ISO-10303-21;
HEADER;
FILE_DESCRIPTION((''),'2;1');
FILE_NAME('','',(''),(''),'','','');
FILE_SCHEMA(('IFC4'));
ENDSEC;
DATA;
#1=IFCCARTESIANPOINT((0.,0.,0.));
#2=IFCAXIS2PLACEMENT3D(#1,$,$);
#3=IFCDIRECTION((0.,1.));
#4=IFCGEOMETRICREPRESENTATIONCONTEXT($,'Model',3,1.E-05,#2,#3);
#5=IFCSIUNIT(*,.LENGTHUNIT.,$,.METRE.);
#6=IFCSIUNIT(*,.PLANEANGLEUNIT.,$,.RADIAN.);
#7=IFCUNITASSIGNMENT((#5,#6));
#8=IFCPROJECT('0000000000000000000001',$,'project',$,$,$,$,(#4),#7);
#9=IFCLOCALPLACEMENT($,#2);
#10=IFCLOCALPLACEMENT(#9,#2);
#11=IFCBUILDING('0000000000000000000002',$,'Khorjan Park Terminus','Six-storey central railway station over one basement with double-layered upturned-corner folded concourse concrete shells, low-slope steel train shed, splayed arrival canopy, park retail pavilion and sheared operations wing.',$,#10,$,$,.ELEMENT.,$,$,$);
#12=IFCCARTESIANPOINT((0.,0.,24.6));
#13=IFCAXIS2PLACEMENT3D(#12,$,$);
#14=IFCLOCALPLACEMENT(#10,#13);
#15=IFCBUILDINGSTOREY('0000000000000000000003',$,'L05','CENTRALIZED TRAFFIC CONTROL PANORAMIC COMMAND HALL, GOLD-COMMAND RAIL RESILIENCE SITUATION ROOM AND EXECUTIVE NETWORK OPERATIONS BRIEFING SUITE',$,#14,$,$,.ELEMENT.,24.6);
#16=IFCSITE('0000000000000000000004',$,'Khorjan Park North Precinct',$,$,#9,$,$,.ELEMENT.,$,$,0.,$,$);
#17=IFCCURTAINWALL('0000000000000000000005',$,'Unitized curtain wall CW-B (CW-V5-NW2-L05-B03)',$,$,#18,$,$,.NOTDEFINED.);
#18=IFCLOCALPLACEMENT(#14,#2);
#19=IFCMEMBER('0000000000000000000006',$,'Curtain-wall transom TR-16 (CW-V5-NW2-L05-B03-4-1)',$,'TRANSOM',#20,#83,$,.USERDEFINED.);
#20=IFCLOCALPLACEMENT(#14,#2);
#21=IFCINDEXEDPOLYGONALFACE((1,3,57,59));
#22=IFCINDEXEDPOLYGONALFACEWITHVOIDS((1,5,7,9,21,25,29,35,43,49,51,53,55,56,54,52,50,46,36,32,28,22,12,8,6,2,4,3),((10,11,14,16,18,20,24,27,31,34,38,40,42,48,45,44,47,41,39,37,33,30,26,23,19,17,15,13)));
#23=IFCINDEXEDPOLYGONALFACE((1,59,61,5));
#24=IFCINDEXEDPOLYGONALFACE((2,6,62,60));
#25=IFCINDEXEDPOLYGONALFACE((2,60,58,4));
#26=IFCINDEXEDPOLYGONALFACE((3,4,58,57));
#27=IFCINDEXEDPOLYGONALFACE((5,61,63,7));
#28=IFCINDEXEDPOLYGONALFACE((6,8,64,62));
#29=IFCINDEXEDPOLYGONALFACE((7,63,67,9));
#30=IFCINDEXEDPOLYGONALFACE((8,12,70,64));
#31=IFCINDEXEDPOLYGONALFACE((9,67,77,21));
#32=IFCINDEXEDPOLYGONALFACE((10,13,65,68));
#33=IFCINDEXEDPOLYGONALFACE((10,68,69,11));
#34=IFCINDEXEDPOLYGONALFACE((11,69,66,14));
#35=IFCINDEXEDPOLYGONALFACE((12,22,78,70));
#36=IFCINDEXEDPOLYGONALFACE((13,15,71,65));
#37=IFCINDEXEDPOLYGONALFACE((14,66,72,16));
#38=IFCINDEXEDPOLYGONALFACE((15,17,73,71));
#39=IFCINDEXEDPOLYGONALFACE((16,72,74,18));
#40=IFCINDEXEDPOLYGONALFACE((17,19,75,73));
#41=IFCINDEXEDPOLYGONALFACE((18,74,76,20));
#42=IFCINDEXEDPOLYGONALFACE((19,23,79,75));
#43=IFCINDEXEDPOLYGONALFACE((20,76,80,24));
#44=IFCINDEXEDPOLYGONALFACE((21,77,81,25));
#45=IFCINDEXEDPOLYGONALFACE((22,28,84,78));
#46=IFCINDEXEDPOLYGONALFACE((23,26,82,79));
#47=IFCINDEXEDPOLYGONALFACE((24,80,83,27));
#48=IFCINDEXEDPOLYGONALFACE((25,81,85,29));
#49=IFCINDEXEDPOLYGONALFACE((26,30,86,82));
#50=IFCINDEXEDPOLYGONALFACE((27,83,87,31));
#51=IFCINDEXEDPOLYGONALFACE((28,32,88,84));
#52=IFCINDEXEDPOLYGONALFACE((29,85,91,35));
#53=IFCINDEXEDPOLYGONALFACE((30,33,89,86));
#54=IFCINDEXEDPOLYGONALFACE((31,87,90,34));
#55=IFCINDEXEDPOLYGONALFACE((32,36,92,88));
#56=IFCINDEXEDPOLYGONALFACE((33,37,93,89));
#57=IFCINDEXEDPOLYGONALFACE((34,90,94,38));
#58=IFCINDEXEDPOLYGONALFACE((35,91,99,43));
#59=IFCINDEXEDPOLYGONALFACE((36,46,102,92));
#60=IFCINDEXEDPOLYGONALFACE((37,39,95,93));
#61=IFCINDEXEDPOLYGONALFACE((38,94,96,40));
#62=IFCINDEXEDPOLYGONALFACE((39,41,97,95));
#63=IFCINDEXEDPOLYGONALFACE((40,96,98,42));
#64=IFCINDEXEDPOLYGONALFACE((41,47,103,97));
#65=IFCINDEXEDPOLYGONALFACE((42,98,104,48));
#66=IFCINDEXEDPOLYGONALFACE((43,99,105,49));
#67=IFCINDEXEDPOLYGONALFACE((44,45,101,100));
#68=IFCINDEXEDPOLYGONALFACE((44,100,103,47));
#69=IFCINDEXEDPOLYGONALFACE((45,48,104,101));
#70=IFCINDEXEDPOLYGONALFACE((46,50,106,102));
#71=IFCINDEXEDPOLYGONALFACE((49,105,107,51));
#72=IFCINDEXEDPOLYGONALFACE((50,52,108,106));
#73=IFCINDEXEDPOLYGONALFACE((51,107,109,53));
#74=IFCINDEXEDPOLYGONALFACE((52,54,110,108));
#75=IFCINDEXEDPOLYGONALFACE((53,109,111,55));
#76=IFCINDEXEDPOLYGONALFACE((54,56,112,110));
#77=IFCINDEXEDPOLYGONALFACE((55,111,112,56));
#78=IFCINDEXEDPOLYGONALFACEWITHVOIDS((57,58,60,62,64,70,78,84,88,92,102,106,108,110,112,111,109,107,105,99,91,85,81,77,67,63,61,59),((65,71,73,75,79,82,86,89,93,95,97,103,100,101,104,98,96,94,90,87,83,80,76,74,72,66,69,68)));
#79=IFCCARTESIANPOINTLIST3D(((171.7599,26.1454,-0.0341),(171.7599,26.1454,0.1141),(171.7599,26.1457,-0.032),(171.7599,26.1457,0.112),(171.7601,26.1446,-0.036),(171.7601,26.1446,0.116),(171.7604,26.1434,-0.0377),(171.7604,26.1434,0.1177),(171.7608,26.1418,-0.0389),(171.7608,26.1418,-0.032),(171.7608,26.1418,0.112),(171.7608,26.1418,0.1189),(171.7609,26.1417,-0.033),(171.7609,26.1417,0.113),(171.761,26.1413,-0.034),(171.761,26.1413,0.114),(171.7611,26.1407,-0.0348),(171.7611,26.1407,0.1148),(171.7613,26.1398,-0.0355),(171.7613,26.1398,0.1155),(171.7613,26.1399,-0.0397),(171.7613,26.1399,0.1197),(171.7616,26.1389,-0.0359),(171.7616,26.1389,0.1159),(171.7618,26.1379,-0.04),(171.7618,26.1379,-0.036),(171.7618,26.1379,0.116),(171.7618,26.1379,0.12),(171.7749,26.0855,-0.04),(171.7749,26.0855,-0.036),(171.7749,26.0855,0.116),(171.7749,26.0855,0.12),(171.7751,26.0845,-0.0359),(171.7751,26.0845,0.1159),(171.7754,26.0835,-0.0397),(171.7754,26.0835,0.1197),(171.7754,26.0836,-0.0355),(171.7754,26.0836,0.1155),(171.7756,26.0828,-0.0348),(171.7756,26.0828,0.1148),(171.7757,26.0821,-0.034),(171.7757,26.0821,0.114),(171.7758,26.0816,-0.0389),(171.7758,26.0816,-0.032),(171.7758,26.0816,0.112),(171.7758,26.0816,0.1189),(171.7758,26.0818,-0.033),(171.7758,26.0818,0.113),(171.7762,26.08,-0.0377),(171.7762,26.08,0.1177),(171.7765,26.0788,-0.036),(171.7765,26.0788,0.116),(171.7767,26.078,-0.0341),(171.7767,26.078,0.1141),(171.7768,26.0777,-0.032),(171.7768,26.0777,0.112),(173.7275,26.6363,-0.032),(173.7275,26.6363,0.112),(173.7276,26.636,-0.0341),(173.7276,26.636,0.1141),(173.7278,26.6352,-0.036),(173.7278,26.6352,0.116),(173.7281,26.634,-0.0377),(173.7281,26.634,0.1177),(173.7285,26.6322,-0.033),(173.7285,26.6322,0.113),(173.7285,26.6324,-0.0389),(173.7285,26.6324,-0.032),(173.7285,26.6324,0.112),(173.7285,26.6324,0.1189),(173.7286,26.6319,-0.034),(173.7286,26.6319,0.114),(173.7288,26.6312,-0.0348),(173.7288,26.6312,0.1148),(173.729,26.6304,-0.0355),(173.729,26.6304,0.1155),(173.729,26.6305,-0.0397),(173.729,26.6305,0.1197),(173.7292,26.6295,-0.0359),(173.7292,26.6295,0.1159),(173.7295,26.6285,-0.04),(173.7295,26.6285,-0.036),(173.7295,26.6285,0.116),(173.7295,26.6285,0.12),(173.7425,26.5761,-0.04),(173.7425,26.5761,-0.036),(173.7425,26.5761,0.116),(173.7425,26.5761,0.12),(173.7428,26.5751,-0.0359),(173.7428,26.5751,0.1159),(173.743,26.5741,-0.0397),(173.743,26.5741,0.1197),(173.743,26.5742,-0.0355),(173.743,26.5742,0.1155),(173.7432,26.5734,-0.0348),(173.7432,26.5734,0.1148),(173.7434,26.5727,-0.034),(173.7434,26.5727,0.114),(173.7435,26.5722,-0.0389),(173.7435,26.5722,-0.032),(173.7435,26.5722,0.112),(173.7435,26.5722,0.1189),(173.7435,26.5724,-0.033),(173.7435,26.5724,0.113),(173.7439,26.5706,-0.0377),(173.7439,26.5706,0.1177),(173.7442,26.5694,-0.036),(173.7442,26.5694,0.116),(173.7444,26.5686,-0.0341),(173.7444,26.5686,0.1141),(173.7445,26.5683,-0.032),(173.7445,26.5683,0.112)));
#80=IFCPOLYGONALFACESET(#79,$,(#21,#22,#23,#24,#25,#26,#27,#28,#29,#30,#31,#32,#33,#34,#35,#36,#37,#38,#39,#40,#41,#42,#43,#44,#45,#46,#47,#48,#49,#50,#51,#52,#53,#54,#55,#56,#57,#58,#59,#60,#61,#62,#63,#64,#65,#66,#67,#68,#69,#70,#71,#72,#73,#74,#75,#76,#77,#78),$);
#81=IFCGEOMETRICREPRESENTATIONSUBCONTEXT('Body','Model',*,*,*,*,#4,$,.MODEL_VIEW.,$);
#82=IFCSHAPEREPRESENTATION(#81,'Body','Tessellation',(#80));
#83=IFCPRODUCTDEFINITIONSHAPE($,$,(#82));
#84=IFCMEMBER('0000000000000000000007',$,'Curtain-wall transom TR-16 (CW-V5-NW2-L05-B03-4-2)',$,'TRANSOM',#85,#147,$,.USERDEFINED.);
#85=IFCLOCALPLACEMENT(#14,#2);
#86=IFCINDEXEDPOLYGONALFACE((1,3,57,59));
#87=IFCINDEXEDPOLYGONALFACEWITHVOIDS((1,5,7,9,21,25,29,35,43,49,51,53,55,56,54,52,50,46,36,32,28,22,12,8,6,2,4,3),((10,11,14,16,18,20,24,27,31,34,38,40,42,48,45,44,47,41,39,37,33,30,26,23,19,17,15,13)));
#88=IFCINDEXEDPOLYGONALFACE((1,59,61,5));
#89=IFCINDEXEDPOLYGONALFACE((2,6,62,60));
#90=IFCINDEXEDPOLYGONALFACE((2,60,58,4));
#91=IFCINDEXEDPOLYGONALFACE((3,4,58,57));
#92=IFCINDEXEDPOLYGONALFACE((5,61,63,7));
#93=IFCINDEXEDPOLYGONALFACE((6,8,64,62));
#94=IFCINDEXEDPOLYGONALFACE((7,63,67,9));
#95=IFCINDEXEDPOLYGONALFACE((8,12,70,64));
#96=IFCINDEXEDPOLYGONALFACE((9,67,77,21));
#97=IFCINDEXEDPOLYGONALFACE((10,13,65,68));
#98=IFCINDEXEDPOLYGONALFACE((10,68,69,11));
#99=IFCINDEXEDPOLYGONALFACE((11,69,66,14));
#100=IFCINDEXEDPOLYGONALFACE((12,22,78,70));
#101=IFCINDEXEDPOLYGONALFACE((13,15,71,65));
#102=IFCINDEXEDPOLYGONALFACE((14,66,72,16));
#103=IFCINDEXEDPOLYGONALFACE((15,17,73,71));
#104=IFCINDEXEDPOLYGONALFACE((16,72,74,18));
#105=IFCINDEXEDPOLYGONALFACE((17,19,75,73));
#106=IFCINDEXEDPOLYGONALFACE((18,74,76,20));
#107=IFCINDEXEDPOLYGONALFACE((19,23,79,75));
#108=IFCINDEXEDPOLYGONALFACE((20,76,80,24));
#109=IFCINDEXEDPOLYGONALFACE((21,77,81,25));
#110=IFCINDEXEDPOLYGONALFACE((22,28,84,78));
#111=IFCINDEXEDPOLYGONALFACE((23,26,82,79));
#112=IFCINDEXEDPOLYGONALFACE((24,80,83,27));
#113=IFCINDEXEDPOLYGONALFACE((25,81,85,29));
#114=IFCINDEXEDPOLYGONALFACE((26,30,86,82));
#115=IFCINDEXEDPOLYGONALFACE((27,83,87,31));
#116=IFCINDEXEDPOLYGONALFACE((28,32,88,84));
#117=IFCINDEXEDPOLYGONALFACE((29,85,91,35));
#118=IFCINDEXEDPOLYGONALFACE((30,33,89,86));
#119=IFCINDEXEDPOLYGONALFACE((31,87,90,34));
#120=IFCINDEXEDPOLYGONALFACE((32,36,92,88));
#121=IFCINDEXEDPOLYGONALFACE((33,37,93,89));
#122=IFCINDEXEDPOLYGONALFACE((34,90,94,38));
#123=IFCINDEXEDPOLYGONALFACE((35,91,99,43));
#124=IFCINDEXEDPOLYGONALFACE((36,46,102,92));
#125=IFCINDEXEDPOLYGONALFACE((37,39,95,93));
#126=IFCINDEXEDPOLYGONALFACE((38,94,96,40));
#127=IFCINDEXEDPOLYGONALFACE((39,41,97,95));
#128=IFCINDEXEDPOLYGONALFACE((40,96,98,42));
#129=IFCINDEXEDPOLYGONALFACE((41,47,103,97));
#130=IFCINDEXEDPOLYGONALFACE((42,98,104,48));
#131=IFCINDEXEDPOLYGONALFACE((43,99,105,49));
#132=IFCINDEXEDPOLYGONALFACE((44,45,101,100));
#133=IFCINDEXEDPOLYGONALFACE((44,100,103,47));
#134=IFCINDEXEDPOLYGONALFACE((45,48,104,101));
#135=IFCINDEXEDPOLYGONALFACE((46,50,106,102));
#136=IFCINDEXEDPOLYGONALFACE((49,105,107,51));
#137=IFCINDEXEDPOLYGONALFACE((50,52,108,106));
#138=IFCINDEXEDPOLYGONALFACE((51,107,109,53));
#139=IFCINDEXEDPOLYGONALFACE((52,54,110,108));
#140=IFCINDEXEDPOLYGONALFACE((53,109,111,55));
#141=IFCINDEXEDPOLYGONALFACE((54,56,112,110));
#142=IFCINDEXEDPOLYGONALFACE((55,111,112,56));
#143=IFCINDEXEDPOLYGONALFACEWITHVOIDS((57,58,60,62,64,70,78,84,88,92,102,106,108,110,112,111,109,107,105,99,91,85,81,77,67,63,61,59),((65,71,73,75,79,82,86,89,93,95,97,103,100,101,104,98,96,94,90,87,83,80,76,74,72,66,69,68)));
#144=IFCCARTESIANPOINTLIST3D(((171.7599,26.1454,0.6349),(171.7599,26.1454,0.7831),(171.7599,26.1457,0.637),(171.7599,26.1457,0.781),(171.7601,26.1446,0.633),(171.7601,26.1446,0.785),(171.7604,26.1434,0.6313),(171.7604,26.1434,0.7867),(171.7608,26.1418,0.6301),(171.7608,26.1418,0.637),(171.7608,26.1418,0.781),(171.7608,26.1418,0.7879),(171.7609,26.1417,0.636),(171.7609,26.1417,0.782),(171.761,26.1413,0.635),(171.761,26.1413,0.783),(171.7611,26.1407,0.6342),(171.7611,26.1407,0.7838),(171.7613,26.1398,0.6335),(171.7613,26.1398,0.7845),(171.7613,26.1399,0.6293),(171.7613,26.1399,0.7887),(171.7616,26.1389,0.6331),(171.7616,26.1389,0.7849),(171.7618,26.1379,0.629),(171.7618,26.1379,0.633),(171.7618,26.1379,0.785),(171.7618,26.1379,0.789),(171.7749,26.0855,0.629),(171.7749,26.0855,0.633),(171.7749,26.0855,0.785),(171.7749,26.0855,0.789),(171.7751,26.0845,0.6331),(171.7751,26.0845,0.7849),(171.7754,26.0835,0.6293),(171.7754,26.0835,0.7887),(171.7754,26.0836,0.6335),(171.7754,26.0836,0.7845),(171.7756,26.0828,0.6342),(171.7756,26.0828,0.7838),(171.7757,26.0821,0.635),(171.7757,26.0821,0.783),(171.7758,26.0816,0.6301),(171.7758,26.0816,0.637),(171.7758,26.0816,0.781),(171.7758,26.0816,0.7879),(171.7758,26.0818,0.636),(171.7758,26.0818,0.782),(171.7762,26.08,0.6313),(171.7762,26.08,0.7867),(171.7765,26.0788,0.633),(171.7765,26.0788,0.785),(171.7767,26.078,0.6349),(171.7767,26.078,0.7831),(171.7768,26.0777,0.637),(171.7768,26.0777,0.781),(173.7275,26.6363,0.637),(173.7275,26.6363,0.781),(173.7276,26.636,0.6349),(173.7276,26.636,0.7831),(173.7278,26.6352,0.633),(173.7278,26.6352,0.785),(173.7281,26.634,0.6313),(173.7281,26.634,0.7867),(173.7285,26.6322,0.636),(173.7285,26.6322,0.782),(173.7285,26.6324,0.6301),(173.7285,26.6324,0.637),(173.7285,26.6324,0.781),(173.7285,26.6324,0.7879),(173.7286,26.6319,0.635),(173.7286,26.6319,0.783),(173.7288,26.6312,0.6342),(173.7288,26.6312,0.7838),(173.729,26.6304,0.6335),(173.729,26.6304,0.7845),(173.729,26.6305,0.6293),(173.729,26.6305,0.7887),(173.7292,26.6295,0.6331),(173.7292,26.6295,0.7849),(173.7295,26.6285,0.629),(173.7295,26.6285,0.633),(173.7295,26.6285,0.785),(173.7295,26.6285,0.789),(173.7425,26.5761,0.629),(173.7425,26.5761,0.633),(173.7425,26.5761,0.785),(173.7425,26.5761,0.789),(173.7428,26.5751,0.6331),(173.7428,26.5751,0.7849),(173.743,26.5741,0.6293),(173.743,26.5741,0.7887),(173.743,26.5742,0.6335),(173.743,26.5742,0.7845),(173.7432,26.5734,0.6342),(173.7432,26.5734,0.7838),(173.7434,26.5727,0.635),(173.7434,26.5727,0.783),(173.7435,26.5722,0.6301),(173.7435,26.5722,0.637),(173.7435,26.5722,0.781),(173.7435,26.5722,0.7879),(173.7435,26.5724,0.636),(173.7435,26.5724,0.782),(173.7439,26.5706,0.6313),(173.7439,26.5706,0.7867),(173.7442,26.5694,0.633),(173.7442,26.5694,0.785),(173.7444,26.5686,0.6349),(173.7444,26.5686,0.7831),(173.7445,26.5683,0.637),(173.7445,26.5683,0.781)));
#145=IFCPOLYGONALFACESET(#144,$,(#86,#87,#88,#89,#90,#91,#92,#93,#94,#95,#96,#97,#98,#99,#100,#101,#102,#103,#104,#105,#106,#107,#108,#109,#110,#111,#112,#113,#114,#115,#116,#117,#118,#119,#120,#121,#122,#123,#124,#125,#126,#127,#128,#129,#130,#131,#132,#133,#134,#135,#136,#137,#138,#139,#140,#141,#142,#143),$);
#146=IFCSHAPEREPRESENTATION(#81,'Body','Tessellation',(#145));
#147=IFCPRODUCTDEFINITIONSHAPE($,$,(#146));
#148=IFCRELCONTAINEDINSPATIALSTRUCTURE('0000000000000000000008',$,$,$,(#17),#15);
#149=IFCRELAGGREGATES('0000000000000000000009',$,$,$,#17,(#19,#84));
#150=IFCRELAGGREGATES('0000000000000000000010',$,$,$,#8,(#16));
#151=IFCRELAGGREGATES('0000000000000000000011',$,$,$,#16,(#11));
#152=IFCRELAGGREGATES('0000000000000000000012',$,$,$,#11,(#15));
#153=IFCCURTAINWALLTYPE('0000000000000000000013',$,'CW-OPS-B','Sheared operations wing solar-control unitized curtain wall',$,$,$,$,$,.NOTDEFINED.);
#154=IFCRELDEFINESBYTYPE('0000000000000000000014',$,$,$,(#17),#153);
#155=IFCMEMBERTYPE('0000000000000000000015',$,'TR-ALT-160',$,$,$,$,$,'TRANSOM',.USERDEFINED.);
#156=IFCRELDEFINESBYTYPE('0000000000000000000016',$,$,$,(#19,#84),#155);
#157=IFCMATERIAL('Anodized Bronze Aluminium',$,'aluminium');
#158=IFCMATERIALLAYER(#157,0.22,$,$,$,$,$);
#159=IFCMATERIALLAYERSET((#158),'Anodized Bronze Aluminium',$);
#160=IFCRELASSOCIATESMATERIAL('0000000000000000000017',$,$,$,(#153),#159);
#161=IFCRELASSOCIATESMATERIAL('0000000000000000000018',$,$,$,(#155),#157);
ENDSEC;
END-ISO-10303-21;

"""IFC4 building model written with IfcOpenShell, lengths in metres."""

from ifc_helpers import new_model, si_unit, direction, frame, origin, origin_2d, place, context, subcontext, project, spatial, hollow_rectangle, extrude, material, layer, layer_set, material_profile, profile_set, type_object, element, aggregate, save


model = new_model("IFC4")

# Units and contexts
model_context = context("Model", 3, precision=1e-05, world=origin(), true_north=direction((0.0, 1.0)))
body_context = subcontext(model_context, "Body", "Model", "MODEL_VIEW")
ifc_project = project(units=[si_unit("LENGTHUNIT", "METRE"), si_unit("PLANEANGLEUNIT", "RADIAN")], contexts=[model_context])

# Site, building, storey
site_placement = place(None, origin())
site = spatial("IfcSite", under=ifc_project, at=site_placement, Name="Khorjan Park North Precinct", CompositionType="ELEMENT", RefElevation=0.0)
building_placement = place(site_placement, origin())
building = spatial("IfcBuilding", under=site, at=building_placement, Name="Khorjan Park Terminus", Description="Six-storey central railway station over one basement with double-layered upturned-corner folded concourse concrete shells, low-slope steel train shed, splayed arrival canopy, park retail pavilion and sheared operations wing.", CompositionType="ELEMENT")
storey_placement = place(building_placement, frame((0.0, 0.0, 24.6)))
storey = spatial("IfcBuildingStorey", under=building, at=storey_placement, Name="L05", Description="CENTRALIZED TRAFFIC CONTROL PANORAMIC COMMAND HALL, GOLD-COMMAND RAIL RESILIENCE SITUATION ROOM AND EXECUTIVE NETWORK OPERATIONS BRIEFING SUITE", CompositionType="ELEMENT", Elevation=24.6)

# Curtain wall
ifc_material_1 = material(Name="Anodized Bronze Aluminium", Category="aluminium")
ifc_layer_1 = layer(ifc_material_1, 0.22)
ifc_layer_set_1 = layer_set([ifc_layer_1], Name="Anodized Bronze Aluminium")
curtain_wall_type = type_object("IfcCurtainWallType", Name="CW-OPS-B", Description="Sheared operations wing solar-control unitized curtain wall", PredefinedType="NOTDEFINED", material=ifc_layer_set_1)
curtain_wall_1_placement = place(storey_placement, origin())
curtain_wall_1 = element("IfcCurtainWall", 1, at=curtain_wall_1_placement, inside=storey, type_object=curtain_wall_type, Name="Unitized curtain wall CW-B (CW-V5-NW2-L05-B03)", PredefinedType="NOTDEFINED")

# Members
ifc_material_profile_1 = material_profile(ifc_material_1, hollow_rectangle(XDim=0.07, YDim=0.16, WallThickness=0.004, InnerFilletRadius=0.004, OuterFilletRadius=0.008, at=origin_2d()), Name="ALT 70x160x4")
ifc_profile_set_1 = profile_set([ifc_material_profile_1], Name="Anodized Bronze Aluminium")
member_type_1 = type_object("IfcMemberType", Name="TR-ALT-160", ElementType="TRANSOM", PredefinedType="USERDEFINED", material=ifc_profile_set_1)
member_1_placement = place(storey_placement, frame((173.736, 26.6023, 0.04), z_axis=(-0.970296, -0.241921, 0.0), x_axis=(0.241921, -0.970296, 0.0)))
member_1 = element("IfcMember", 2, at=member_1_placement, type_object=member_type_1, Name="Curtain-wall transom TR-16 (CW-V5-NW2-L05-B03-4-1)", ObjectType="TRANSOM", PredefinedType="USERDEFINED", context=body_context, shape_type="SweptSolid", body=[
    extrude(hollow_rectangle(XDim=0.07, YDim=0.16, WallThickness=0.004, InnerFilletRadius=0.004, OuterFilletRadius=0.008, at=origin_2d()), origin(), (0.0, 0.0, 1.0), 2.0279),
])
member_2_placement = place(storey_placement, frame((173.736, 26.6023, 0.709), z_axis=(-0.970296, -0.241921, 0.0), x_axis=(0.241921, -0.970296, 0.0)))
member_2 = element("IfcMember", 3, at=member_2_placement, type_object=member_type_1, Name="Curtain-wall transom TR-16 (CW-V5-NW2-L05-B03-4-2)", ObjectType="TRANSOM", PredefinedType="USERDEFINED", context=body_context, shape_type="SweptSolid", body=[
    extrude(hollow_rectangle(XDim=0.07, YDim=0.16, WallThickness=0.004, InnerFilletRadius=0.004, OuterFilletRadius=0.008, at=origin_2d()), origin(), (0.0, 0.0, 1.0), 2.0279),
])

aggregate(curtain_wall_1, [member_1, member_2])

save(model, "model.ifc")
